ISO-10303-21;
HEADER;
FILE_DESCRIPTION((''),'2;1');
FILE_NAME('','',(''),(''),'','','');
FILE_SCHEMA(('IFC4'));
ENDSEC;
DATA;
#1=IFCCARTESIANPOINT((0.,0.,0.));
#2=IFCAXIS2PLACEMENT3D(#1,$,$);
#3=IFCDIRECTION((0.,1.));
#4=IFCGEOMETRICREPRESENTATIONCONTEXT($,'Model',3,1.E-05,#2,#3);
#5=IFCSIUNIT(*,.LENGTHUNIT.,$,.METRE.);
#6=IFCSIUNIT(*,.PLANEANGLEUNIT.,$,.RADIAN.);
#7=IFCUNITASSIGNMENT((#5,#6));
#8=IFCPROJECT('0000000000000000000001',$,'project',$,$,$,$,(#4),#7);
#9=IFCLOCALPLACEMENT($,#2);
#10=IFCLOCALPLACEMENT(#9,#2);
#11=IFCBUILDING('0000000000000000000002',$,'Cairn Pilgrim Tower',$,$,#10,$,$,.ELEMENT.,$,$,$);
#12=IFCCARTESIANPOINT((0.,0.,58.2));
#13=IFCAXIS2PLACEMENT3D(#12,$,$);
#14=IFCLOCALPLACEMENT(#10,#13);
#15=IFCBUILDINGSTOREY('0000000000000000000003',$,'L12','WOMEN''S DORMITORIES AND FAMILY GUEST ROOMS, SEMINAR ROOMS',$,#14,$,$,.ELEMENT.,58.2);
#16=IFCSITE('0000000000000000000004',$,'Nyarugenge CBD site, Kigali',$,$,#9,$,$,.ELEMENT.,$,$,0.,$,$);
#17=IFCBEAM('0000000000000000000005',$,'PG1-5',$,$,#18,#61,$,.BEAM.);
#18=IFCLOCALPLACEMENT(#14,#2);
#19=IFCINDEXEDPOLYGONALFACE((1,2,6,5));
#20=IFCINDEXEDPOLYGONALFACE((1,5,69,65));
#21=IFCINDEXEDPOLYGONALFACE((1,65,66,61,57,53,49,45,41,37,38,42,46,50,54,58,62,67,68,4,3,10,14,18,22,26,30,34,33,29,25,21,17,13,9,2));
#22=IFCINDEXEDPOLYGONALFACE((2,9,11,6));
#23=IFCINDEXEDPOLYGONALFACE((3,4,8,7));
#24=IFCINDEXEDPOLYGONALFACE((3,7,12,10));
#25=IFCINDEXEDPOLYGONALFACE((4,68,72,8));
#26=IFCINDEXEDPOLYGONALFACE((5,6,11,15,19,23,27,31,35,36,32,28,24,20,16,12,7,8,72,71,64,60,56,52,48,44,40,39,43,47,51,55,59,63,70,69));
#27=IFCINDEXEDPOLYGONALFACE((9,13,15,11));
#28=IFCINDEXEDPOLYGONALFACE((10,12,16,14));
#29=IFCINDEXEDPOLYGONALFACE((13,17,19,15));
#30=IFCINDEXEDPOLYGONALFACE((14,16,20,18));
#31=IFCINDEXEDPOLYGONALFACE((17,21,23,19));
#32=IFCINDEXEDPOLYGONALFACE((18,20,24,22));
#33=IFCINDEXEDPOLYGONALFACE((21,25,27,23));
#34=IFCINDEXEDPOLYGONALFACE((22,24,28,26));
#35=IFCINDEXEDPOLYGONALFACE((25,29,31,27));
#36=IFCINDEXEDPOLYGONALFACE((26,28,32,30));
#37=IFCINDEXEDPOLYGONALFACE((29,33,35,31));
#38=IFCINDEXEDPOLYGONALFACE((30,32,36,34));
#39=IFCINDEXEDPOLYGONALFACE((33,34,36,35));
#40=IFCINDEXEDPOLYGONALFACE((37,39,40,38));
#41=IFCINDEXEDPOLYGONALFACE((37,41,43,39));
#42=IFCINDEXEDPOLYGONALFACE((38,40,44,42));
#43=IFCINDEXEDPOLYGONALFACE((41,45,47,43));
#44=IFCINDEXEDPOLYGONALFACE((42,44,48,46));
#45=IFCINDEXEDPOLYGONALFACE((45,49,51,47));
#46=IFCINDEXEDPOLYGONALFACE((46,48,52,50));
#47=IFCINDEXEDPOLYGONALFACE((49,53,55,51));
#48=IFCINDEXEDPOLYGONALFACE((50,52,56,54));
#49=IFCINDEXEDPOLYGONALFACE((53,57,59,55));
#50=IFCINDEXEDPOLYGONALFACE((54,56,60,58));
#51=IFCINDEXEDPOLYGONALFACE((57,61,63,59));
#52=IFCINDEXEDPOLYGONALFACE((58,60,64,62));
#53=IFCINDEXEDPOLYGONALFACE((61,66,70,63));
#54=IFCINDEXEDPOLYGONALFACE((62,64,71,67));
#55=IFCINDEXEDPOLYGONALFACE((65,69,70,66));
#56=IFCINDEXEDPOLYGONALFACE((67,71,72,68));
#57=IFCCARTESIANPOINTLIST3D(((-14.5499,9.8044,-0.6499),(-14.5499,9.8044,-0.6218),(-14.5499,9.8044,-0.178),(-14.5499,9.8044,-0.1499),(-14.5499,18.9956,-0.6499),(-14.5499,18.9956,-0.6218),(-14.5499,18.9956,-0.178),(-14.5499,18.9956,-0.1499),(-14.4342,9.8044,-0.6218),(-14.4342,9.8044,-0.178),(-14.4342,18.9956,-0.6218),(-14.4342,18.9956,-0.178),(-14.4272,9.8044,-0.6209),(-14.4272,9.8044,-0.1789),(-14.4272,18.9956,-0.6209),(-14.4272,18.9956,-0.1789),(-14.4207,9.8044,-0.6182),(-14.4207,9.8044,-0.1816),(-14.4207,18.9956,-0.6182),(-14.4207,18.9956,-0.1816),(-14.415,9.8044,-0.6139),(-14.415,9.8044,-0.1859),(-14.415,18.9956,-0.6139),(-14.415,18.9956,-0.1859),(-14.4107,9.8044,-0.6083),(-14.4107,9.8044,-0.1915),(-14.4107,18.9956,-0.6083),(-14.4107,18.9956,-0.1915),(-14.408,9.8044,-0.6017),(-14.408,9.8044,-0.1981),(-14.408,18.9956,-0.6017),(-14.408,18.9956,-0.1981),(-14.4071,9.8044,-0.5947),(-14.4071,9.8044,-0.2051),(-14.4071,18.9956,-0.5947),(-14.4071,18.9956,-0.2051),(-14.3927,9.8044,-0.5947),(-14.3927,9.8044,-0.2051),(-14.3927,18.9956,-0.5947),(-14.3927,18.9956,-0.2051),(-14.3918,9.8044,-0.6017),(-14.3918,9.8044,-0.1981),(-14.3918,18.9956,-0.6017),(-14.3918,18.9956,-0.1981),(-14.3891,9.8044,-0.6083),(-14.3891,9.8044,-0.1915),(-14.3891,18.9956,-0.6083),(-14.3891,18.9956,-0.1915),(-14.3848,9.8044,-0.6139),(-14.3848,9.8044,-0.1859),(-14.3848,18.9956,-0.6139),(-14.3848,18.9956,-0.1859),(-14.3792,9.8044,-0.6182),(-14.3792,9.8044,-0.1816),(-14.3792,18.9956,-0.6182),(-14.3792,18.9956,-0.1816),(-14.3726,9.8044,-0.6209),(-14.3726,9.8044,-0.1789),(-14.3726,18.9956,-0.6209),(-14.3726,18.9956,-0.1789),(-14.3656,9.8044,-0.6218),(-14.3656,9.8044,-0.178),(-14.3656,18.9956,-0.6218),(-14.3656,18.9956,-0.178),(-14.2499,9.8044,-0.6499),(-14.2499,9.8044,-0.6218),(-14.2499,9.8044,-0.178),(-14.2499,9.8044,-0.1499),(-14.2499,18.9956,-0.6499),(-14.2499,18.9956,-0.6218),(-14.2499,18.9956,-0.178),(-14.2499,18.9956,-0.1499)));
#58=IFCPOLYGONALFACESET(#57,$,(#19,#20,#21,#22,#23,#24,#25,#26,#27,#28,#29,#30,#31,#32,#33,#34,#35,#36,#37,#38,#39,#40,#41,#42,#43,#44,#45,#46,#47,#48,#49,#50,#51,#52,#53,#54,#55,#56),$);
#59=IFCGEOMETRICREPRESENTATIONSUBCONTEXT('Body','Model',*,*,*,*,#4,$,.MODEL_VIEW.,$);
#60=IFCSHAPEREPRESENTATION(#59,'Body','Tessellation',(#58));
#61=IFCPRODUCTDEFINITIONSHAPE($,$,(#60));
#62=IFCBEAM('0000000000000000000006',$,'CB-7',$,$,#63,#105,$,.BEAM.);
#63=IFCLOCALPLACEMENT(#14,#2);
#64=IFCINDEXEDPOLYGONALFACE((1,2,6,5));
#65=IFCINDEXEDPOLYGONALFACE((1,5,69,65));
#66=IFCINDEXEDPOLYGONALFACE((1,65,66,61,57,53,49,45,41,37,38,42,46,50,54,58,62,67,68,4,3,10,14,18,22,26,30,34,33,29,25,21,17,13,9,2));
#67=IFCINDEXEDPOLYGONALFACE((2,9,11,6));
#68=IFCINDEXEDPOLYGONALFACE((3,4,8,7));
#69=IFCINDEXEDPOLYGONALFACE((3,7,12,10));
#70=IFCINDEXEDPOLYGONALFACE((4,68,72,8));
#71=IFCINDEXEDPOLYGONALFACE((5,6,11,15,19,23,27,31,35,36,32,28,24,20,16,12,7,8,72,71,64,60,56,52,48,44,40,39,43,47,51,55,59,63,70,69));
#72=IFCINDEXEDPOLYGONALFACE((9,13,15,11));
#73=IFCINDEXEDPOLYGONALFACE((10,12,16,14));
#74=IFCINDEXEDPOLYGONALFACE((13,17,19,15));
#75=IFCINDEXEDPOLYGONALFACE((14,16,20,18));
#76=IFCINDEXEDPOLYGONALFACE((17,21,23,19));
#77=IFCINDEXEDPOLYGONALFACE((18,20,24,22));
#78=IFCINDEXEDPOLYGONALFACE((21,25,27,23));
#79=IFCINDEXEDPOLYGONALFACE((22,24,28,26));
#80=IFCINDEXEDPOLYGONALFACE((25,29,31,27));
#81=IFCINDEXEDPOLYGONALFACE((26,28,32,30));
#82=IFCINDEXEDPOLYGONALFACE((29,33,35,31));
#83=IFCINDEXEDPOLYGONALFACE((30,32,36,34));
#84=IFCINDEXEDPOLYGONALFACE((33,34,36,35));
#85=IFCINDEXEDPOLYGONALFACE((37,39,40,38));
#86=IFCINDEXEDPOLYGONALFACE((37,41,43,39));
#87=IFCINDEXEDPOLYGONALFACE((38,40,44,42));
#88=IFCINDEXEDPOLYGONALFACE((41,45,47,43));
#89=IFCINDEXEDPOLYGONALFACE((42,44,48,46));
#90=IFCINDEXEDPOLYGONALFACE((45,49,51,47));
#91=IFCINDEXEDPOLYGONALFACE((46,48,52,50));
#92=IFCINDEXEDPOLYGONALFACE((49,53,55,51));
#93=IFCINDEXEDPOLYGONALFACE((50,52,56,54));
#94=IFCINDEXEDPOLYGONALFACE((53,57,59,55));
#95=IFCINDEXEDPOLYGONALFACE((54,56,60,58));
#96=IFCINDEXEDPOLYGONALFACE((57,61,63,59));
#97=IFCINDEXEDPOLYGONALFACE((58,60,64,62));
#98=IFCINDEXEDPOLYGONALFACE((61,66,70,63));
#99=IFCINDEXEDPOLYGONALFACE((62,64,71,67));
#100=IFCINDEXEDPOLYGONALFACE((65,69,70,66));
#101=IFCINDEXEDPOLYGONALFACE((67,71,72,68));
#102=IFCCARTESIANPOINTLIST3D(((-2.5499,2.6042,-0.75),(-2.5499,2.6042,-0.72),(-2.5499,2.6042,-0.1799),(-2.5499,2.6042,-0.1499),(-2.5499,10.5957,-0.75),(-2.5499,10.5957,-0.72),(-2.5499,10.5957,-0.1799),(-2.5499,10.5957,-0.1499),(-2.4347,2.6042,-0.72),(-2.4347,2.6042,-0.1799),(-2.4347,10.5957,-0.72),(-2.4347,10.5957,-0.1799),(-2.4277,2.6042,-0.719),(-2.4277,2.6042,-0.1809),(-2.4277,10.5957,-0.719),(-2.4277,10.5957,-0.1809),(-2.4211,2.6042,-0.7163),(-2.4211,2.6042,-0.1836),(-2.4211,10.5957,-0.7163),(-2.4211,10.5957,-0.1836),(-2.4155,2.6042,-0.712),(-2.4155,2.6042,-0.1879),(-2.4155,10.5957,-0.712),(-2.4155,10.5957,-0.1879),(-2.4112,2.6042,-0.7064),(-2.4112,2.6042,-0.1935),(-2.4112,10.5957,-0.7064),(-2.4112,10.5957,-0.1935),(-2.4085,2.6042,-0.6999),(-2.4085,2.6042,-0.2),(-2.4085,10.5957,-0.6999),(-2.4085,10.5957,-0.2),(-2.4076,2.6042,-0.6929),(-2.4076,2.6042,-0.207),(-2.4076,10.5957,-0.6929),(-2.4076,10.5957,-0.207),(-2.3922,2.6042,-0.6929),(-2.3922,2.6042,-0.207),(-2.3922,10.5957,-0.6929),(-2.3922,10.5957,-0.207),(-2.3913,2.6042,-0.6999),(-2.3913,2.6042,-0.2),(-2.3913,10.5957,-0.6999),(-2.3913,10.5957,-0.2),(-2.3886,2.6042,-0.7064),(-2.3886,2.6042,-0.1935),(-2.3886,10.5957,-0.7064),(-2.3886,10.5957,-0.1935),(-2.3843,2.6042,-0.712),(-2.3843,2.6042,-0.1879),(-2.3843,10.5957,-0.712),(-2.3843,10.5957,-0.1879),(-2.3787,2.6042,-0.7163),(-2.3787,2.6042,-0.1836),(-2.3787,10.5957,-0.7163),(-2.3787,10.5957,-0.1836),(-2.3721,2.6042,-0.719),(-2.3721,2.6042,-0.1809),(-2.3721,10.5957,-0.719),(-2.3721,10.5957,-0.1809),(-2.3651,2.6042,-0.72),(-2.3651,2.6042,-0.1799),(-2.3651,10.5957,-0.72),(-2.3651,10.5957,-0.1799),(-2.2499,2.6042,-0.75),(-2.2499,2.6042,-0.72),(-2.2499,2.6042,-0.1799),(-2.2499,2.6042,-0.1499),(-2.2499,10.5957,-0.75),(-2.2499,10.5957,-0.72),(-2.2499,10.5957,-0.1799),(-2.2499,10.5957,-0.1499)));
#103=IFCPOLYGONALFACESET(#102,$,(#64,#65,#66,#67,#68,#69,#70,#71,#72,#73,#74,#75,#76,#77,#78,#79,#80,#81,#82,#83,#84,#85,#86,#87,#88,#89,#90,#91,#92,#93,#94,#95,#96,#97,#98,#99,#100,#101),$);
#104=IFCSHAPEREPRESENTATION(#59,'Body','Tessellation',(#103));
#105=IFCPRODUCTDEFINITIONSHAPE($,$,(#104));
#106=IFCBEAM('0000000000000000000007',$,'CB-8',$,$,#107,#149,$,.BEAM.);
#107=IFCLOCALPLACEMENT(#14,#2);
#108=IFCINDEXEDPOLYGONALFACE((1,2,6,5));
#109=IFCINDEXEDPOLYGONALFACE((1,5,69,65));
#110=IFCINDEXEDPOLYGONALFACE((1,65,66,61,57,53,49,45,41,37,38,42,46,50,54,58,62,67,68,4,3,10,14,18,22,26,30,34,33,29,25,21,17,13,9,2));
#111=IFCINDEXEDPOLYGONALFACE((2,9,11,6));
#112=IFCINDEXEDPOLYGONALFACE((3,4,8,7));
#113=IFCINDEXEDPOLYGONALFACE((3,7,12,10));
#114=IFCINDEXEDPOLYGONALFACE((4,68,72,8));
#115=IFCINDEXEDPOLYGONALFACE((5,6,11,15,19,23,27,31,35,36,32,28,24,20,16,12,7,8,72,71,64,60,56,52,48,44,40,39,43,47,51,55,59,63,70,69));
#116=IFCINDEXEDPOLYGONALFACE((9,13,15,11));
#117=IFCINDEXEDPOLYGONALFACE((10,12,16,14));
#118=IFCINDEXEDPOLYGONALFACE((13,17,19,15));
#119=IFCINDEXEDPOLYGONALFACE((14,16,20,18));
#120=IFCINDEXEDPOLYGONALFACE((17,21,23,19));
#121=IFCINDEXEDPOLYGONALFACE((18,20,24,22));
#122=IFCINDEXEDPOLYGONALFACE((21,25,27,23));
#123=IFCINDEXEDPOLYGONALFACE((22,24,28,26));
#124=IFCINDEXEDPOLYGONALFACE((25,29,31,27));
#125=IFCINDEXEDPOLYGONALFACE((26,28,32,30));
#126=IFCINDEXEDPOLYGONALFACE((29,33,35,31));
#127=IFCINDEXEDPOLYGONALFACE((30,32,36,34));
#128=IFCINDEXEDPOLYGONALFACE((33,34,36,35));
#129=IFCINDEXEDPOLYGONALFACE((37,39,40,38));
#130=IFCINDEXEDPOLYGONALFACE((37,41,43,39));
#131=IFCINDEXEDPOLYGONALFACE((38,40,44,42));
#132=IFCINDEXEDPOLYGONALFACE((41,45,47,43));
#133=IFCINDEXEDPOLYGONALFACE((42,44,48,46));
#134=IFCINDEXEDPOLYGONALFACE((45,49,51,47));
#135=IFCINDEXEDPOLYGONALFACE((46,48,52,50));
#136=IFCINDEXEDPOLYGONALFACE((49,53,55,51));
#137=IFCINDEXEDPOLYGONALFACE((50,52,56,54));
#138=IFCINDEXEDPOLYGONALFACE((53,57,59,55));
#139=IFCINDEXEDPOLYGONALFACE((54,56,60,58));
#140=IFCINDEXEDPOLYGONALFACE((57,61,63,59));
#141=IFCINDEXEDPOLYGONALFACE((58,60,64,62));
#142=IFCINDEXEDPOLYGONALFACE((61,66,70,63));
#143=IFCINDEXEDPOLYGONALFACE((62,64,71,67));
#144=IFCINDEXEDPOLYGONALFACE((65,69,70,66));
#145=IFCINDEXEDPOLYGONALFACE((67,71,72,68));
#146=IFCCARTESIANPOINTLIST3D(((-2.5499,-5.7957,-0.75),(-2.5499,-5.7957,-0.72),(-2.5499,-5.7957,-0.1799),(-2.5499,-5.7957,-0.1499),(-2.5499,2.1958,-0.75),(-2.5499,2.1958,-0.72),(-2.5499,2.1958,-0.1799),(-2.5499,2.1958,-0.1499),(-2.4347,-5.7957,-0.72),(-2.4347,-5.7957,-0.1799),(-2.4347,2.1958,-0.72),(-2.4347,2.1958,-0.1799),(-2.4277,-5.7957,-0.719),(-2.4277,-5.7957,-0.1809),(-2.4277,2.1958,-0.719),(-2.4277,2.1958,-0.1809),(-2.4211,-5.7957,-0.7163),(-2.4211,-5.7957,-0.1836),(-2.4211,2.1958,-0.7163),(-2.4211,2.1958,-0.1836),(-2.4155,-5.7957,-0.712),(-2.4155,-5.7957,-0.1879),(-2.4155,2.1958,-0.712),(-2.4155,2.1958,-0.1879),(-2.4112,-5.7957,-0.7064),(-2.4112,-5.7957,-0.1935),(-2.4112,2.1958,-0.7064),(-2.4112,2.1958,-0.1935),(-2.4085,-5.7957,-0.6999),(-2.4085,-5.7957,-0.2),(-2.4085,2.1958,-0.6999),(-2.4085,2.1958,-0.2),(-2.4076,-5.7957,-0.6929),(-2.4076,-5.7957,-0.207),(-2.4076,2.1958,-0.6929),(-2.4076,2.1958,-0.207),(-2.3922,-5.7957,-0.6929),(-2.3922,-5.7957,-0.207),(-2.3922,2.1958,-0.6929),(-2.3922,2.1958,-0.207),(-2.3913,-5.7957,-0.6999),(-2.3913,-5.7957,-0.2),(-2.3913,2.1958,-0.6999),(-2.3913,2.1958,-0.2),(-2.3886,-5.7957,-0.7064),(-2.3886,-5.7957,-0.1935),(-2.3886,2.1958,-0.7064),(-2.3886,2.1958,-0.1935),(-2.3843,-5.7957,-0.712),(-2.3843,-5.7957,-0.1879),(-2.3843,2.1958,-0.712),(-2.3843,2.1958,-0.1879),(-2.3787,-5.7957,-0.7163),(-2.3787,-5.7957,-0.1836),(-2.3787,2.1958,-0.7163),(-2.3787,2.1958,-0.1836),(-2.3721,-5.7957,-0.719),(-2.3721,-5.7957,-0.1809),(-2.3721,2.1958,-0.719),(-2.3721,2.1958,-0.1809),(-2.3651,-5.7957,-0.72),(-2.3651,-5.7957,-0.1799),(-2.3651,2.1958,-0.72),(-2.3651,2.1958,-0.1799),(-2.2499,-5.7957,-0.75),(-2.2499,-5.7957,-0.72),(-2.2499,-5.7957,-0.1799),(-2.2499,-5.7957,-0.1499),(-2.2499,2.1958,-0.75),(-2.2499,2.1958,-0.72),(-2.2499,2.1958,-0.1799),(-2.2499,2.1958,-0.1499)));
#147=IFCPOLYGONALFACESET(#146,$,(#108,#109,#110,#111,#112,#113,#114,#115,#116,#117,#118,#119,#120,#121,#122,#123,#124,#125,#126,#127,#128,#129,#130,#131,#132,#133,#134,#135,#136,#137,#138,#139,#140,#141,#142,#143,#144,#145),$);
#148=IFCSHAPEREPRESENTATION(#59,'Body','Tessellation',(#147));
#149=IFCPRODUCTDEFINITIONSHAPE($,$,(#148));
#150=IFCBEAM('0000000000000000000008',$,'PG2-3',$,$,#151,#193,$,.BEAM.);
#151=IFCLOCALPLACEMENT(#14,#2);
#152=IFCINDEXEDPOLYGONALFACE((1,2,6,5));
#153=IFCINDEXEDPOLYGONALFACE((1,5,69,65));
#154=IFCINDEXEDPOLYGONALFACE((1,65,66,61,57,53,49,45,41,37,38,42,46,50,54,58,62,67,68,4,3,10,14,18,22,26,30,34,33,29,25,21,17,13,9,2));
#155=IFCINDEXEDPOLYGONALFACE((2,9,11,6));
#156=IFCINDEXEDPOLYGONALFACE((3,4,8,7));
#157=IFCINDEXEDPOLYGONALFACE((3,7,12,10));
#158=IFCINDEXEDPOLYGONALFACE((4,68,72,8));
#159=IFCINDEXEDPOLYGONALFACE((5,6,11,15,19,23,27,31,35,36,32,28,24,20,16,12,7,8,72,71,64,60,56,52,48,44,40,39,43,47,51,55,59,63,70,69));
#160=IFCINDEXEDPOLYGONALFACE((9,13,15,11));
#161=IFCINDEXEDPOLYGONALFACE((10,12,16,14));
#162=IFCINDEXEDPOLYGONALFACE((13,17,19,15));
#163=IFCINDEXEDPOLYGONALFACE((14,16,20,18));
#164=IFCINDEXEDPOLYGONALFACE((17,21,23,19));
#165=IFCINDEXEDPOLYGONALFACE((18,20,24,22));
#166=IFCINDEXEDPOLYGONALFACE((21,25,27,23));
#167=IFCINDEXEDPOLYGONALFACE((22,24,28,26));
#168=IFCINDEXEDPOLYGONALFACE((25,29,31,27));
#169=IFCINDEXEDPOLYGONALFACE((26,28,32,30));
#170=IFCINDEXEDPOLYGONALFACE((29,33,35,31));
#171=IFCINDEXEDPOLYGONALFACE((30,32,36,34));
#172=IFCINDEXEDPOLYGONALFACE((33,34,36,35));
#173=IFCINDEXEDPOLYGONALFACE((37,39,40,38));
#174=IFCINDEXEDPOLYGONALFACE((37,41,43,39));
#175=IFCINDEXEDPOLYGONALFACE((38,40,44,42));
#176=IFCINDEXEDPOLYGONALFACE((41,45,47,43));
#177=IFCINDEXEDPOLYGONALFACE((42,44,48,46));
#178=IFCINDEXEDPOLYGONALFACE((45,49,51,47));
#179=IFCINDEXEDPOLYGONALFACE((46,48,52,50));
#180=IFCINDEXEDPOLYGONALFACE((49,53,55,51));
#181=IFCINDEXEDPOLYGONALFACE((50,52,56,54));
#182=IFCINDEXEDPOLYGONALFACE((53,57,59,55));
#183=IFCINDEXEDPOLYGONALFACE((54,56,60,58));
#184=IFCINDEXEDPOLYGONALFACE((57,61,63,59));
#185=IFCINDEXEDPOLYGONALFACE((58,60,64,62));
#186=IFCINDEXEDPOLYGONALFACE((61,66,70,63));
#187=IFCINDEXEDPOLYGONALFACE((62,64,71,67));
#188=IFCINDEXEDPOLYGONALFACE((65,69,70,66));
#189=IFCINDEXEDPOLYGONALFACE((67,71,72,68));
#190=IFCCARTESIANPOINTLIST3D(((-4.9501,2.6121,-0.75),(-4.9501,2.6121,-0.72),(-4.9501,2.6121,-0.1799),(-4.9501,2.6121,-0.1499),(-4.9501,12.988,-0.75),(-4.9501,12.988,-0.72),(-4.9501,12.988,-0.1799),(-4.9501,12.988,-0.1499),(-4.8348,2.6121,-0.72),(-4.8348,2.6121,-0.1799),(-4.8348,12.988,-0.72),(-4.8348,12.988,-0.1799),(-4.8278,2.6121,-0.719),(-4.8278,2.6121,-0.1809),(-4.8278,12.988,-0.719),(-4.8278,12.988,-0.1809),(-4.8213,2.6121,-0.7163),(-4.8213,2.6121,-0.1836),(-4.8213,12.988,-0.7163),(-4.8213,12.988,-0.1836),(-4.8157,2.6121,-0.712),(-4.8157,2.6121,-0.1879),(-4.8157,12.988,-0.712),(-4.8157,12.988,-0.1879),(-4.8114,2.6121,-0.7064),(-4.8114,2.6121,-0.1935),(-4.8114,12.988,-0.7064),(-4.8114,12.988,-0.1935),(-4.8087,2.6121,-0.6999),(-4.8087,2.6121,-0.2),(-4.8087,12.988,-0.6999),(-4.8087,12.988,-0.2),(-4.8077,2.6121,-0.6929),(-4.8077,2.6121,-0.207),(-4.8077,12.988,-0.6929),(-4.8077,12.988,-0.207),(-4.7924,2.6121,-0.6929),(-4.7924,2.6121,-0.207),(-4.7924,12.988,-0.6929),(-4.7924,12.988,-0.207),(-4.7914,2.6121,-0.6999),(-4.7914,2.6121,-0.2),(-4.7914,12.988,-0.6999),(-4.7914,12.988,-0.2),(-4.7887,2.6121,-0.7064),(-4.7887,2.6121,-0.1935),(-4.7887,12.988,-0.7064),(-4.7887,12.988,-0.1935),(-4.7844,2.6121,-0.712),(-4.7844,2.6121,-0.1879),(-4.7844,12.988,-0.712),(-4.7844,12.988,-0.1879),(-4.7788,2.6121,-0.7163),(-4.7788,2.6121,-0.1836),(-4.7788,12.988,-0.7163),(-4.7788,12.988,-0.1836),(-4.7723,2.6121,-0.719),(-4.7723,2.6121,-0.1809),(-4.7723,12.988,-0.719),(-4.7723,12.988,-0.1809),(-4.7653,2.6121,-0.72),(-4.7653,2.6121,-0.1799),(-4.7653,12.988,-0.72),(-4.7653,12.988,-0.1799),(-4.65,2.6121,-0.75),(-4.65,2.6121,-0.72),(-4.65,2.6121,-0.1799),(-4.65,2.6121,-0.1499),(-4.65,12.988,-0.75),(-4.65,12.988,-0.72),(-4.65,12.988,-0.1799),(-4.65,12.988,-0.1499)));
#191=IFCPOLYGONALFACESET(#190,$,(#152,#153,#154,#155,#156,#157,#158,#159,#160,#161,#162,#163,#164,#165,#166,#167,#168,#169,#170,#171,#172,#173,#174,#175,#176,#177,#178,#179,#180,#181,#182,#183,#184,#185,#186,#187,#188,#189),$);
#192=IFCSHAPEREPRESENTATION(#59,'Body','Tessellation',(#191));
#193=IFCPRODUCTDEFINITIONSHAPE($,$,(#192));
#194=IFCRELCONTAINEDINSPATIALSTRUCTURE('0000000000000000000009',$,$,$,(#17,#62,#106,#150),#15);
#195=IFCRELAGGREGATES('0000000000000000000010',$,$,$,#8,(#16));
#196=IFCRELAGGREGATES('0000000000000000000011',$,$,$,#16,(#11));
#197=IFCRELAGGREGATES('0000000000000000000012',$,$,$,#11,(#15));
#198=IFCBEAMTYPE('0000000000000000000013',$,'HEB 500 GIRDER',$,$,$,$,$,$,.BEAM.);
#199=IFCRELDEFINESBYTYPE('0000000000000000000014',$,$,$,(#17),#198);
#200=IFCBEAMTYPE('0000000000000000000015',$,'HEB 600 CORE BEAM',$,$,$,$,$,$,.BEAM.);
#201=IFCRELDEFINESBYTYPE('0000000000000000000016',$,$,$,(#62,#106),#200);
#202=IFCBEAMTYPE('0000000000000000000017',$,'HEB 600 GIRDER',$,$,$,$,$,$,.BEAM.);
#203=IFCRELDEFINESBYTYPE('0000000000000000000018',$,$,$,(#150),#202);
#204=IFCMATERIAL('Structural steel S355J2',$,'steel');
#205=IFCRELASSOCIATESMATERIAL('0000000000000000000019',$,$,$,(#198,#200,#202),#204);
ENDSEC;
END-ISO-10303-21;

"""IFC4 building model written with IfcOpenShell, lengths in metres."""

from ifc_helpers import new_model, si_unit, direction, frame, origin, origin_2d, place, context, subcontext, project, spatial, i_section, extrude, material, material_profile, profile_set, type_object, element, save


model = new_model("IFC4")

# Units and contexts
model_context = context("Model", 3, precision=1e-05, world=origin(), true_north=direction((0.0, 1.0)))
body_context = subcontext(model_context, "Body", "Model", "MODEL_VIEW")
ifc_project = project(units=[si_unit("LENGTHUNIT", "METRE"), si_unit("PLANEANGLEUNIT", "RADIAN")], contexts=[model_context])

# Site, building, storey
site_placement = place(None, origin())
site = spatial("IfcSite", under=ifc_project, at=site_placement, Name="Nyarugenge CBD site, Kigali", CompositionType="ELEMENT", RefElevation=0.0)
building_placement = place(site_placement, origin())
building = spatial("IfcBuilding", under=site, at=building_placement, Name="Cairn Pilgrim Tower", CompositionType="ELEMENT")
storey_placement = place(building_placement, frame((0.0, 0.0, 58.2)))
storey = spatial("IfcBuildingStorey", under=building, at=storey_placement, Name="L12", Description="WOMEN'S DORMITORIES AND FAMILY GUEST ROOMS, SEMINAR ROOMS", CompositionType="ELEMENT", Elevation=58.2)

# Beams
ifc_material_1 = material(Name="Structural steel S355J2", Category="steel")
ifc_material_profile_1 = material_profile(ifc_material_1, i_section(OverallWidth=0.3, OverallDepth=0.5, WebThickness=0.0144, FlangeThickness=0.0281, FilletRadius=0.0271, at=origin_2d()), Name="HEB 500")
ifc_profile_set_1 = profile_set([ifc_material_profile_1], Name="Structural steel S355J2")
beam_type_1 = type_object("IfcBeamType", Name="HEB 500 GIRDER", PredefinedType="BEAM", material=ifc_profile_set_1)
beam_1_placement = place(storey_placement, frame((-14.3999, 9.8044, -0.3999), z_axis=(0.0, 1.0, 0.0), x_axis=(-1.0, 0.0, 0.0)))
element("IfcBeam", 1, at=beam_1_placement, inside=storey, type_object=beam_type_1, Name="PG1-5", PredefinedType="BEAM", context=body_context, shape_type="SweptSolid", body=[
    extrude(i_section(OverallWidth=0.3, OverallDepth=0.5, WebThickness=0.0144, FlangeThickness=0.0281, FilletRadius=0.0271, at=origin_2d()), origin(), (0.0, 0.0, 1.0), 9.1912),
])
ifc_material_profile_2 = material_profile(ifc_material_1, i_section(OverallWidth=0.3, OverallDepth=0.6001, WebThickness=0.0154, FlangeThickness=0.03, FilletRadius=0.0271, at=origin_2d()), Name="HEB 600")
ifc_profile_set_2 = profile_set([ifc_material_profile_2], Name="Structural steel S355J2")
beam_type_2 = type_object("IfcBeamType", Name="HEB 600 CORE BEAM", PredefinedType="BEAM", material=ifc_profile_set_2)
for number, where, z_axis, x_axis, name in (
    (2, (-2.3999, 10.5957, -0.45), (0.0, -1.0, 0.0), (1.0, 0.0, 0.0), "CB-7"),
    (3, (-2.3999, 2.1958, -0.45), (0.0, -1.0, 0.0), (1.0, 0.0, 0.0), "CB-8"),
):
    element("IfcBeam", number, at=place(storey_placement, frame(where, z_axis=z_axis, x_axis=x_axis)), inside=storey, type_object=beam_type_2, Name=name, PredefinedType="BEAM", context=body_context, shape_type="SweptSolid", body=[
        extrude(i_section(OverallWidth=0.3, OverallDepth=0.6001, WebThickness=0.0154, FlangeThickness=0.03, FilletRadius=0.0271, at=origin_2d()), origin(), (0.0, 0.0, 1.0), 7.9915),
    ])
ifc_material_profile_3 = material_profile(ifc_material_1, i_section(OverallWidth=0.3, OverallDepth=0.6001, WebThickness=0.0154, FlangeThickness=0.03, FilletRadius=0.0271, at=origin_2d()), Name="HEB 600")
ifc_profile_set_3 = profile_set([ifc_material_profile_3], Name="Structural steel S355J2")
beam_type_3 = type_object("IfcBeamType", Name="HEB 600 GIRDER", PredefinedType="BEAM", material=ifc_profile_set_3)
beam_2_placement = place(storey_placement, frame((-4.8, 2.6121, -0.45), z_axis=(0.0, 1.0, 0.0), x_axis=(-1.0, 0.0, 0.0)))
element("IfcBeam", 4, at=beam_2_placement, inside=storey, type_object=beam_type_3, Name="PG2-3", PredefinedType="BEAM", context=body_context, shape_type="SweptSolid", body=[
    extrude(i_section(OverallWidth=0.3, OverallDepth=0.6001, WebThickness=0.0154, FlangeThickness=0.03, FilletRadius=0.0271, at=origin_2d()), origin(), (0.0, 0.0, 1.0), 10.376),
])

save(model, "model.ifc")
